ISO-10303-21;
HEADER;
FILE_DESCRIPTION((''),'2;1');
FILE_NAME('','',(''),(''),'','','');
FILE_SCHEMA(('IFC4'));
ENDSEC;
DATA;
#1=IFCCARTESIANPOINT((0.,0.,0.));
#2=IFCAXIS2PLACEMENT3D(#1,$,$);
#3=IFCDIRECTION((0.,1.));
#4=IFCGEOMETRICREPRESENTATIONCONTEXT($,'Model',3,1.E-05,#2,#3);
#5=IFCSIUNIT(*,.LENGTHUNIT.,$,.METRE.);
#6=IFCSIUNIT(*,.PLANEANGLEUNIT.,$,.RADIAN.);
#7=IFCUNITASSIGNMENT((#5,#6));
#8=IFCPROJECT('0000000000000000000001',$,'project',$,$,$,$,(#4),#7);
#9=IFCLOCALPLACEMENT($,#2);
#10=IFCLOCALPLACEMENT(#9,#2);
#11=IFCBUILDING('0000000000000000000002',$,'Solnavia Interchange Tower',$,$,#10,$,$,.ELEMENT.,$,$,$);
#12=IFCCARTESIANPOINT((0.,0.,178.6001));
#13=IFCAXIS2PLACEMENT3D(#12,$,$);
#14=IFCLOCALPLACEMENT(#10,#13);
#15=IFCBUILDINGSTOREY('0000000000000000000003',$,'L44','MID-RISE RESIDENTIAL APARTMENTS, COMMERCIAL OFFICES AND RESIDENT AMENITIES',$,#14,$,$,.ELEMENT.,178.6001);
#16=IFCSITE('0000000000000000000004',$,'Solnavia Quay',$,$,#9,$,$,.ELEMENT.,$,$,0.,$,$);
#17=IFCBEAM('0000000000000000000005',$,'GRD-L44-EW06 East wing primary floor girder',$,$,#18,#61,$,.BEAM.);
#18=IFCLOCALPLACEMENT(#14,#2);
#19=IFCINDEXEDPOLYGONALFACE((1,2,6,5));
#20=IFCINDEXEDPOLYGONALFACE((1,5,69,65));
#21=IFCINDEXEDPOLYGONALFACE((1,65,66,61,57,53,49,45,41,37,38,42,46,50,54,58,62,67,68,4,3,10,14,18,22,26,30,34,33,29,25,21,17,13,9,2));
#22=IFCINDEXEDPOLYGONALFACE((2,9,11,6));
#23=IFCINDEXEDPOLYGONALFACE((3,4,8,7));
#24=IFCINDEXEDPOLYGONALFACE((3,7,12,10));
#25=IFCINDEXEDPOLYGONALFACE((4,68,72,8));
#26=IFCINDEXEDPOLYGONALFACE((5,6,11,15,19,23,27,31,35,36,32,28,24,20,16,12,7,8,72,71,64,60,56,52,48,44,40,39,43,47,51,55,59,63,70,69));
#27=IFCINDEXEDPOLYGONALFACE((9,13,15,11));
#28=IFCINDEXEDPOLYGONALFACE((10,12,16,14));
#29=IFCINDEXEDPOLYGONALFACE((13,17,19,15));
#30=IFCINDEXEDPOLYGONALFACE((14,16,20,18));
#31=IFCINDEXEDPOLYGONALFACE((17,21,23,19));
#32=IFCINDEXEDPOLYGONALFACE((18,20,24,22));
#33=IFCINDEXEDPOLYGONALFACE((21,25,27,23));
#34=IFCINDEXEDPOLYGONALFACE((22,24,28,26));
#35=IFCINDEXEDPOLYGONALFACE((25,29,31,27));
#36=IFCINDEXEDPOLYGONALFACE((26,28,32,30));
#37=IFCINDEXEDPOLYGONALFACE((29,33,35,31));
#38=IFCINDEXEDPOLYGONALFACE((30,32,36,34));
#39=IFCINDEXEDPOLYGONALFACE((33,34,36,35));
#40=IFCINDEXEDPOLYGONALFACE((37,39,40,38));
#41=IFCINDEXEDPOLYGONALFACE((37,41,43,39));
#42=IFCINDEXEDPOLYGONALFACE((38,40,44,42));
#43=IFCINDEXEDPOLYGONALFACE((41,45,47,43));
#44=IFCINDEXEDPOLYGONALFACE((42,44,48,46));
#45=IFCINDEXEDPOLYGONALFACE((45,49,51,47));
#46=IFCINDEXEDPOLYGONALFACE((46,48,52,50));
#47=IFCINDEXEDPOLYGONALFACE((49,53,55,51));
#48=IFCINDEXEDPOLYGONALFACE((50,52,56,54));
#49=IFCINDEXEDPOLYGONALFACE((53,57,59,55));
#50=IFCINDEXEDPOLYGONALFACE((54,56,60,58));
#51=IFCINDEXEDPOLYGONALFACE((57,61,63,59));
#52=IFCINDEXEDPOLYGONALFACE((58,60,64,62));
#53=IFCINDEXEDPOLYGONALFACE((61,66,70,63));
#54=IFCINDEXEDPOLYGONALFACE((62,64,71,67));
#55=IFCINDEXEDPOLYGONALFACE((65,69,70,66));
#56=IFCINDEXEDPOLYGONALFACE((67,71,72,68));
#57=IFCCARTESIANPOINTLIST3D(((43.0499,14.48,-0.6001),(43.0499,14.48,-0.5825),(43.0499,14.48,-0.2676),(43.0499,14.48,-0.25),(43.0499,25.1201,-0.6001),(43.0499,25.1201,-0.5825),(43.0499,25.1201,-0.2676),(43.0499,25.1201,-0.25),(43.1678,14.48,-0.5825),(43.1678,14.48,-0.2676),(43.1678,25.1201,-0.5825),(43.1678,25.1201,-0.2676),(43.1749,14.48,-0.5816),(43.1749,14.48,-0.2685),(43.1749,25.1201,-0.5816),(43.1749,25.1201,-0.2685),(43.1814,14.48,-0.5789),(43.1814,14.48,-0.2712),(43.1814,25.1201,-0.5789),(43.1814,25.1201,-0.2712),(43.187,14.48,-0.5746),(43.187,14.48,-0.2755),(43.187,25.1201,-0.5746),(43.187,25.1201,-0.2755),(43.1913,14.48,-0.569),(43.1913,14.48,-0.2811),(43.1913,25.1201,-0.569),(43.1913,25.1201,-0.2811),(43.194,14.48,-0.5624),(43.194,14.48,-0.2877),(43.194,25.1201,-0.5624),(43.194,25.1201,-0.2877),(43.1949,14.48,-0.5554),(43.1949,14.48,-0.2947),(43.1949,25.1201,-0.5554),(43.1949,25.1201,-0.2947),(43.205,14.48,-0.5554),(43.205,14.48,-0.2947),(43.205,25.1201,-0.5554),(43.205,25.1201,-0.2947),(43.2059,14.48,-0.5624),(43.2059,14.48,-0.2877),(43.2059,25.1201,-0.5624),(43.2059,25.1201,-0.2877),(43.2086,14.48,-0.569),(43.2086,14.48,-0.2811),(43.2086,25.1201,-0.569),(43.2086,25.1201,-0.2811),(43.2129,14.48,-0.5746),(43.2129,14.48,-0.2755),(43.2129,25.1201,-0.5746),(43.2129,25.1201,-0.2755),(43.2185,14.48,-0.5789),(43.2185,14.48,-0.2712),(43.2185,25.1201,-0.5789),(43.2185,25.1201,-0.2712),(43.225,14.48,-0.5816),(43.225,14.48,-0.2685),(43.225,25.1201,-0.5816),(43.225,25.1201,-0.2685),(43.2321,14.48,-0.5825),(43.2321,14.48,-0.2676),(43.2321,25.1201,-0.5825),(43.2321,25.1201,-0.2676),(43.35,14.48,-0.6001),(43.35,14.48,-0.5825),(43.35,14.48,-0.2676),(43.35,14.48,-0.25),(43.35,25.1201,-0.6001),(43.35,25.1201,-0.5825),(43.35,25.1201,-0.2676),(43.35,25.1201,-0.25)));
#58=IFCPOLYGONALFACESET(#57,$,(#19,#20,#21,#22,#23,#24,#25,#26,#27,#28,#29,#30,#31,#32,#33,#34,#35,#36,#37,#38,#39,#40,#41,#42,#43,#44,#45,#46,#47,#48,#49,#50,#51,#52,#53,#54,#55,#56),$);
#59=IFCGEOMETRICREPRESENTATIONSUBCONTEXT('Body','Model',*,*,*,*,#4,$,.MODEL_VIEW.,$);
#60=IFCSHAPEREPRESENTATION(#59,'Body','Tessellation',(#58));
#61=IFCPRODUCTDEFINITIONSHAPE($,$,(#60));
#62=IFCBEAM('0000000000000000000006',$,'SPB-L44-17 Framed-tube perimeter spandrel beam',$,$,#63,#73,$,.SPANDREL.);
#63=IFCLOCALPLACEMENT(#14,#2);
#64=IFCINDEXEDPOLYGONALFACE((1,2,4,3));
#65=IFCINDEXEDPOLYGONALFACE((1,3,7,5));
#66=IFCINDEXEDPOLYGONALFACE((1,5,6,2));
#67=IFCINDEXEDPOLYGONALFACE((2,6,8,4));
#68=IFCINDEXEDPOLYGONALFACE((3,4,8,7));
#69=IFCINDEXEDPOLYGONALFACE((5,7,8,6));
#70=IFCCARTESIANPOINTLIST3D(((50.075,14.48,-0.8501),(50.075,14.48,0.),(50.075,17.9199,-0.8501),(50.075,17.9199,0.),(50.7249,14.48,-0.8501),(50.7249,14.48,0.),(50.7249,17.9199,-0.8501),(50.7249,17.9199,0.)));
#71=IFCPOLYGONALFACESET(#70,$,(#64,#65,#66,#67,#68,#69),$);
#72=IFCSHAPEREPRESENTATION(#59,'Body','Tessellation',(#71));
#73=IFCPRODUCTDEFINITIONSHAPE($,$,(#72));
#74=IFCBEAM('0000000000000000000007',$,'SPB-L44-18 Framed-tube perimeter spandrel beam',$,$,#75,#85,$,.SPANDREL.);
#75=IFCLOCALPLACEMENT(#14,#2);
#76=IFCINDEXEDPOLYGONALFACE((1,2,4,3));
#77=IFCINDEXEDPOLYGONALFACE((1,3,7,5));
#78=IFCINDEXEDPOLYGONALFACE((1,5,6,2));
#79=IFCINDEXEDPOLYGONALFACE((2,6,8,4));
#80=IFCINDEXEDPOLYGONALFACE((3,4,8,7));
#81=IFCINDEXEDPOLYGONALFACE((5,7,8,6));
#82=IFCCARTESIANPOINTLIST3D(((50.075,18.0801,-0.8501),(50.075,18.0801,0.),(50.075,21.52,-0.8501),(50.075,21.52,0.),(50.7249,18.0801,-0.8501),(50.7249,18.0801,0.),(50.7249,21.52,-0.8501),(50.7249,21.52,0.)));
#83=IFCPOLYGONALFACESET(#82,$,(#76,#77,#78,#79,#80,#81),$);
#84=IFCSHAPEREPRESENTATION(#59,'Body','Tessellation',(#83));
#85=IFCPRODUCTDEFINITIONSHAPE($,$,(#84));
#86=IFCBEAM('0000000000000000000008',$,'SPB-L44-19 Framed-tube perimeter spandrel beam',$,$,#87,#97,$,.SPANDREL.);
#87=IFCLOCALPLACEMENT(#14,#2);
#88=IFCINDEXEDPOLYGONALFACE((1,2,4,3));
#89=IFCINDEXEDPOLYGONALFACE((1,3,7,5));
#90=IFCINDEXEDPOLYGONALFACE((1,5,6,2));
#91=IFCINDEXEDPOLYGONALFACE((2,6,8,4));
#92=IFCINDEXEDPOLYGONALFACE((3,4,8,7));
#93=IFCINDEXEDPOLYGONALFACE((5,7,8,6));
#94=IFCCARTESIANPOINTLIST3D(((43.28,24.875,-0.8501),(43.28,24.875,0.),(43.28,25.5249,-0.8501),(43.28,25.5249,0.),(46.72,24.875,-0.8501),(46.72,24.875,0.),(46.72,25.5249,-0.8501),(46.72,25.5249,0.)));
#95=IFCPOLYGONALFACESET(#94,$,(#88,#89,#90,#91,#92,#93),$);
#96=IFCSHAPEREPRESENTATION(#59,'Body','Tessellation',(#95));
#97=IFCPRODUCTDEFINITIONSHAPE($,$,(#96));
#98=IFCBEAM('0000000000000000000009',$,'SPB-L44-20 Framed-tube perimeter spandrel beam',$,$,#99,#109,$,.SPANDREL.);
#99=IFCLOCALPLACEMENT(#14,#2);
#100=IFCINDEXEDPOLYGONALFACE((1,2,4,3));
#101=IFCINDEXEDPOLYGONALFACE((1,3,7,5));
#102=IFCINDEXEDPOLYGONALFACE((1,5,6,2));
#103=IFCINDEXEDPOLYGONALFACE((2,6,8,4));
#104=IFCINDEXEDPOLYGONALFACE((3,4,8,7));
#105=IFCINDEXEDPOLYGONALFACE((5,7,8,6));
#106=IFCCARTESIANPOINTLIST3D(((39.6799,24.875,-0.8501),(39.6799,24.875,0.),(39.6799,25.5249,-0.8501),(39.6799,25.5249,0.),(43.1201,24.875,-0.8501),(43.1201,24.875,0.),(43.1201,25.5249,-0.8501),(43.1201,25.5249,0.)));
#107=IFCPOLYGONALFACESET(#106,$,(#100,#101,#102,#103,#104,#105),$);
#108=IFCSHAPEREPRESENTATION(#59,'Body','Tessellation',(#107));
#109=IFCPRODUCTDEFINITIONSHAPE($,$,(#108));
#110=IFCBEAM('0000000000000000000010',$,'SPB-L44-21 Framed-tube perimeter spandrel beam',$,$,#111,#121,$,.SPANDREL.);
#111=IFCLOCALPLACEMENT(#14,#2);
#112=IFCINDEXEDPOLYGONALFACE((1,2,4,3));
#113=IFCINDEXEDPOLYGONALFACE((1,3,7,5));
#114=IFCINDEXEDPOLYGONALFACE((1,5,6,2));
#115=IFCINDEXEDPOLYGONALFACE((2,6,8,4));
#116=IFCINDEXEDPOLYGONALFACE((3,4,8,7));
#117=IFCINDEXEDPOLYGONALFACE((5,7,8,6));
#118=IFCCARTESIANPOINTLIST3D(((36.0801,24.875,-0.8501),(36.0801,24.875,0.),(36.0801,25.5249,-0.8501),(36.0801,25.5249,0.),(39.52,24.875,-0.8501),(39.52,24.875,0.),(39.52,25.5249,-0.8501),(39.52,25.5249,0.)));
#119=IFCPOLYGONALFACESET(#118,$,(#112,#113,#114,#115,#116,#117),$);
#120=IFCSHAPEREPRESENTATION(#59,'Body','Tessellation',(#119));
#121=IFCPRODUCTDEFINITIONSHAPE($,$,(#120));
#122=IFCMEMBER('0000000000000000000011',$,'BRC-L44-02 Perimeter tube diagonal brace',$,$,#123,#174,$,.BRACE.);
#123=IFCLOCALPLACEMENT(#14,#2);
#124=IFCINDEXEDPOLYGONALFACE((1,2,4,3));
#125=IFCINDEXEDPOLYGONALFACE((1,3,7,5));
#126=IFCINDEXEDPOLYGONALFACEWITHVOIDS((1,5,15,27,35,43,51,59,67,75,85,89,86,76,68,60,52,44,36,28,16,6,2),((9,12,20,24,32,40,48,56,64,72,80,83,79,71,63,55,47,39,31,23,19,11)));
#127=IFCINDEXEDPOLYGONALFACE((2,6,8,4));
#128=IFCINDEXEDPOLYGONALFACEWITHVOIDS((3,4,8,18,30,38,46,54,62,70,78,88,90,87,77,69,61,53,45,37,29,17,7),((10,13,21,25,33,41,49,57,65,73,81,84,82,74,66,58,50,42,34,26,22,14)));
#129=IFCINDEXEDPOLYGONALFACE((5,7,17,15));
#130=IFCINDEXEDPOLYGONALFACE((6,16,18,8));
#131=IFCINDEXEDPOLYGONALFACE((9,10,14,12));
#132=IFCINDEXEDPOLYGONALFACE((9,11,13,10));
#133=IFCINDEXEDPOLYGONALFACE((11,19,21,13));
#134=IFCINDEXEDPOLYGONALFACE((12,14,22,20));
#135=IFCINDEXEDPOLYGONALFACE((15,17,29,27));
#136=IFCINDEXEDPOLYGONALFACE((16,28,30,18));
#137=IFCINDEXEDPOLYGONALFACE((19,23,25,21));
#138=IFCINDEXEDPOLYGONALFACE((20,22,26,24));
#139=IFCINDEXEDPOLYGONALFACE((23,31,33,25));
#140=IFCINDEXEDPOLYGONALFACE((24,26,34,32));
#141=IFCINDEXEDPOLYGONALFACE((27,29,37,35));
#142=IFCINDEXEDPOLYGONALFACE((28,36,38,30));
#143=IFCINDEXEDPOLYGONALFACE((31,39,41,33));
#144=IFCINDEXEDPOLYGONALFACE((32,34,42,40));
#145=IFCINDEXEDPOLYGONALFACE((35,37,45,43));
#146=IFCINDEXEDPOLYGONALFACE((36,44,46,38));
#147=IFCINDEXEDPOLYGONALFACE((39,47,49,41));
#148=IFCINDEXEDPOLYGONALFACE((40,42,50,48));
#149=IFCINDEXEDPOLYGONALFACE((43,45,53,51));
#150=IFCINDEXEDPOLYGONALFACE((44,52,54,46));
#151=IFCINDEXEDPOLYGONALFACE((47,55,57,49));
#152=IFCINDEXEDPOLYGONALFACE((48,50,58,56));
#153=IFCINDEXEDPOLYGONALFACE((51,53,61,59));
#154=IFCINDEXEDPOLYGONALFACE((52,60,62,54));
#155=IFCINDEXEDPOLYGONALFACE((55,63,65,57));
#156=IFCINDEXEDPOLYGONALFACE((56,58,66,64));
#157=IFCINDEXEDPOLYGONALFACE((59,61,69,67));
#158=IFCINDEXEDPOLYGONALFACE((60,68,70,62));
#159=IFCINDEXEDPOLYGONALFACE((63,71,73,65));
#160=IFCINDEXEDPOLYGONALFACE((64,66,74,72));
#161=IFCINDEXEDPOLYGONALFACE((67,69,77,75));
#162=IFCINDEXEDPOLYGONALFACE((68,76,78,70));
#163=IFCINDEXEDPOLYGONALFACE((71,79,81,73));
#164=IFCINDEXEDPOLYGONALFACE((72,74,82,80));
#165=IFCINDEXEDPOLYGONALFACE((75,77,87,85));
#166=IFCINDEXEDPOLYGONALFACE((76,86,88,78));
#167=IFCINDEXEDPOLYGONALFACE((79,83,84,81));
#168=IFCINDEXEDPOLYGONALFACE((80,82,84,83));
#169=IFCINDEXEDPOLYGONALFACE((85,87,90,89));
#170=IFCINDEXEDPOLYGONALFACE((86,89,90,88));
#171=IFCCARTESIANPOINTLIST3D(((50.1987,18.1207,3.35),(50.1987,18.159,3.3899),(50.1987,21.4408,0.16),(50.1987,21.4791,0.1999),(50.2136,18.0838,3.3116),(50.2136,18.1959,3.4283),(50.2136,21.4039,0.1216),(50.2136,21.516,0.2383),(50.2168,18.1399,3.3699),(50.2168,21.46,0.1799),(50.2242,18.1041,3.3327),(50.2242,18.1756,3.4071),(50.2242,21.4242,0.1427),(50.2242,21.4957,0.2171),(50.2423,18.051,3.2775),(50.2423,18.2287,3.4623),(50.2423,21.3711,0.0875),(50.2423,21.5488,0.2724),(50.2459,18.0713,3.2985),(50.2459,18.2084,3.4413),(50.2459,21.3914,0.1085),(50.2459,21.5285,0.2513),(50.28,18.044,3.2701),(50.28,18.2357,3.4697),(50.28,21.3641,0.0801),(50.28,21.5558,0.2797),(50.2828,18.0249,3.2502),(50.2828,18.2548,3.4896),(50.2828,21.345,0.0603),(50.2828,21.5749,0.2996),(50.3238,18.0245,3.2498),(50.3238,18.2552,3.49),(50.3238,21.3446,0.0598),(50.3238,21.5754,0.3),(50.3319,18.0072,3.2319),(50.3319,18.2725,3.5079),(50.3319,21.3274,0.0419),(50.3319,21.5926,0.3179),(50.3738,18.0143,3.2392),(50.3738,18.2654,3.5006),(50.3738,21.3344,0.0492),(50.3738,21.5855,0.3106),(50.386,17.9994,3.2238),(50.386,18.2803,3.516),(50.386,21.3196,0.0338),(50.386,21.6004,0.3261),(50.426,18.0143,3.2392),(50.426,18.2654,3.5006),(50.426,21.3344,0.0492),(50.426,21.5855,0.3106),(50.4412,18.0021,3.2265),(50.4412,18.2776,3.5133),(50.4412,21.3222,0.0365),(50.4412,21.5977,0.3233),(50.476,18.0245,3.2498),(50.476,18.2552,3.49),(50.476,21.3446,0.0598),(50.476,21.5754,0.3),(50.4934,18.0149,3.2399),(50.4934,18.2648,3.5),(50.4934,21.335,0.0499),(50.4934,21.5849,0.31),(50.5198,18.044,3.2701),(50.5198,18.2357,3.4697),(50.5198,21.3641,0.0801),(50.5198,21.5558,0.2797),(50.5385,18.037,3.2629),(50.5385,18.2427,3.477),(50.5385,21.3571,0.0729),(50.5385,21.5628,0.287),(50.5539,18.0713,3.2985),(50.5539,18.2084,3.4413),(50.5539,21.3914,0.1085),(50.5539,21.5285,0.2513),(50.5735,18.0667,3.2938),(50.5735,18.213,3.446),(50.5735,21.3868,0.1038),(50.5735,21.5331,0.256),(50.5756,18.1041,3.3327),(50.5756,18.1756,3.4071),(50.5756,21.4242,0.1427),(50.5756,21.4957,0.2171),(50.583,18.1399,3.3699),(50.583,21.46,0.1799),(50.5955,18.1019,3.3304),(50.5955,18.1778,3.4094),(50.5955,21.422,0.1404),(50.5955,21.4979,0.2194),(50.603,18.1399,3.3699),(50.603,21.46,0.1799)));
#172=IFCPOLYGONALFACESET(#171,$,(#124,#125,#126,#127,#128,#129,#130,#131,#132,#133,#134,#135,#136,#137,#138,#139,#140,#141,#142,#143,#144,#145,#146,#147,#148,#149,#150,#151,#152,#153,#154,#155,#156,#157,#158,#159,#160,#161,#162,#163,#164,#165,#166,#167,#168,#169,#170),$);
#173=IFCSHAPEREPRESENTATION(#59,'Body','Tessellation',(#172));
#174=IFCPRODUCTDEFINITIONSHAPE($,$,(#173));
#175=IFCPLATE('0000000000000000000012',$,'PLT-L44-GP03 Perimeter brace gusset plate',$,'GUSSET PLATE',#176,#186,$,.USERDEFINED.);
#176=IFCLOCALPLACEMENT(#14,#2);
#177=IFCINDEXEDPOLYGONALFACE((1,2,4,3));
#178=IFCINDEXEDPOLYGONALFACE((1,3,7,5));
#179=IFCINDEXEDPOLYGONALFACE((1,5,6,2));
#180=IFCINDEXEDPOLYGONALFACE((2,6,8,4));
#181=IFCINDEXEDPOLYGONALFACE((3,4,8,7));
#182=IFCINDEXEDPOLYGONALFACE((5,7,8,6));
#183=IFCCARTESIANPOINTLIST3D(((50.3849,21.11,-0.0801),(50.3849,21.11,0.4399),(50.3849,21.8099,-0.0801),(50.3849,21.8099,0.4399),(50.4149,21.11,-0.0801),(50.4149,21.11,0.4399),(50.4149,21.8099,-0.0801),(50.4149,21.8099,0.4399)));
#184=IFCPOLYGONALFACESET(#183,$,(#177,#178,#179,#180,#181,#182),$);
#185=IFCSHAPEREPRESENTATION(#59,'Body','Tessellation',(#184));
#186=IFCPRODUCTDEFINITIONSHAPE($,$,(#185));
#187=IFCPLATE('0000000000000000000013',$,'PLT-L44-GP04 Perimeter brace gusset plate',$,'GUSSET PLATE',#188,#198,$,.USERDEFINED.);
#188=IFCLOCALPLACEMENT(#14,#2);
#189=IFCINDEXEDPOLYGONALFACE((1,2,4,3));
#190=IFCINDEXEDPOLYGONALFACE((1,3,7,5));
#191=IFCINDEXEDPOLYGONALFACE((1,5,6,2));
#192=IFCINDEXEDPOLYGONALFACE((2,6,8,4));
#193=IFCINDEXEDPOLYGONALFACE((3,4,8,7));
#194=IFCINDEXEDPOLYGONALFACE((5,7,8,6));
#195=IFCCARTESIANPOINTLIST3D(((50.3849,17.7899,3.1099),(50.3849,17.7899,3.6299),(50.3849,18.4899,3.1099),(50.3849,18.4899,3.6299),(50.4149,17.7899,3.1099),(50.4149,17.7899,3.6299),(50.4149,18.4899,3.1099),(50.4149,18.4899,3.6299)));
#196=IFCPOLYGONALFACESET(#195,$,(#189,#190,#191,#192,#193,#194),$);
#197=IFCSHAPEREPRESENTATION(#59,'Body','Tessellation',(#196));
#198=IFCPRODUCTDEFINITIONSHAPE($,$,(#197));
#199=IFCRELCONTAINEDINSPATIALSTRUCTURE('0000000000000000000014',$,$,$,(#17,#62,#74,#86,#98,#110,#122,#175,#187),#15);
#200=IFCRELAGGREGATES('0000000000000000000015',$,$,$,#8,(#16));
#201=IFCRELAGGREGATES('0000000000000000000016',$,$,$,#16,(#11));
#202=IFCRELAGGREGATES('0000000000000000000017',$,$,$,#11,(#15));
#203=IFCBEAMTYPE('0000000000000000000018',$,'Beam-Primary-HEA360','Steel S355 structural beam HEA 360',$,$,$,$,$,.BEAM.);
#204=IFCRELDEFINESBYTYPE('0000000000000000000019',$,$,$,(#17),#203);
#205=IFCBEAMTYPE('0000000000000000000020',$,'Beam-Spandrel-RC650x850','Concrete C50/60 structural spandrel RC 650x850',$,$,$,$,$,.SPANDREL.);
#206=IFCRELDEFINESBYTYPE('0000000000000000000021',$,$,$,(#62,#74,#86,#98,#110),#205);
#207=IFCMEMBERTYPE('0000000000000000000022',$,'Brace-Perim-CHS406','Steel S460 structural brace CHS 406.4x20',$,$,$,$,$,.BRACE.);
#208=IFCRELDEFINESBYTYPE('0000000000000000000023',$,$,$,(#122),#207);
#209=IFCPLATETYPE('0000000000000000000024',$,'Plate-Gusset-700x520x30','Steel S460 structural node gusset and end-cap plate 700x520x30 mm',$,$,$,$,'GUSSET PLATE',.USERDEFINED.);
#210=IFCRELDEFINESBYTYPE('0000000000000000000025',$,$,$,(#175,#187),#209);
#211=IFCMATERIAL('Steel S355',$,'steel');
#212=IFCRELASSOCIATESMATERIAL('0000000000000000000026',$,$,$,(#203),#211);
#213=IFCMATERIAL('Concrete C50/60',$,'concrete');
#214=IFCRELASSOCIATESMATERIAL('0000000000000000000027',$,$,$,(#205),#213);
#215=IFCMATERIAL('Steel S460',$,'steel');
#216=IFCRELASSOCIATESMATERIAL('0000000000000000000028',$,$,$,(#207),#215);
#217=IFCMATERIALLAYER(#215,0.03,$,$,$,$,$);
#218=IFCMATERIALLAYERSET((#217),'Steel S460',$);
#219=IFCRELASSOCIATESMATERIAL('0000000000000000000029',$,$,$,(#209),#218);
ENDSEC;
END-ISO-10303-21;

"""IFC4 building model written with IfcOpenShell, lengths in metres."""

from ifc_helpers import new_model, si_unit, direction, frame, origin, origin_2d, place, context, subcontext, project, spatial, rectangle, hollow_circle, i_section, extrude, material, layer, layer_set, material_profile, profile_set, type_object, element, save


model = new_model("IFC4")

# Units and contexts
model_context = context("Model", 3, precision=1e-05, world=origin(), true_north=direction((0.0, 1.0)))
body_context = subcontext(model_context, "Body", "Model", "MODEL_VIEW")
ifc_project = project(units=[si_unit("LENGTHUNIT", "METRE"), si_unit("PLANEANGLEUNIT", "RADIAN")], contexts=[model_context])

# Site, building, storey
site_placement = place(None, origin())
site = spatial("IfcSite", under=ifc_project, at=site_placement, Name="Solnavia Quay", CompositionType="ELEMENT", RefElevation=0.0)
building_placement = place(site_placement, origin())
building = spatial("IfcBuilding", under=site, at=building_placement, Name="Solnavia Interchange Tower", CompositionType="ELEMENT")
storey_placement = place(building_placement, frame((0.0, 0.0, 178.6001)))
storey = spatial("IfcBuildingStorey", under=building, at=storey_placement, Name="L44", Description="MID-RISE RESIDENTIAL APARTMENTS, COMMERCIAL OFFICES AND RESIDENT AMENITIES", CompositionType="ELEMENT", Elevation=178.6001)

# Shared definitions
ifc_material_1 = material(Name="Concrete C50/60", Category="concrete")
ifc_material_2 = material(Name="Steel S355", Category="steel")

# Beams
ifc_material_3 = material(Name="Steel S460", Category="steel")
ifc_material_profile_1 = material_profile(ifc_material_2, i_section(OverallWidth=0.3, OverallDepth=0.3501, WebThickness=0.01, FlangeThickness=0.0176, FilletRadius=0.0271, at=origin_2d()), Name="HEA 360")
ifc_profile_set_1 = profile_set([ifc_material_profile_1], Name="Steel S355")
beam_type_1 = type_object("IfcBeamType", Name="Beam-Primary-HEA360", Description="Steel S355 structural beam HEA 360", PredefinedType="BEAM", material=ifc_profile_set_1)
beam_1_placement = place(storey_placement, frame((43.2, 14.48, -0.425), z_axis=(0.0, 1.0, 0.0), x_axis=(-1.0, 0.0, 0.0)))
element("IfcBeam", 1, at=beam_1_placement, inside=storey, type_object=beam_type_1, Name="GRD-L44-EW06 East wing primary floor girder", PredefinedType="BEAM", context=body_context, shape_type="SweptSolid", body=[
    extrude(i_section(OverallWidth=0.3, OverallDepth=0.3501, WebThickness=0.01, FlangeThickness=0.0176, FilletRadius=0.0271, at=origin_2d()), origin(), (0.0, 0.0, 1.0), 10.6401),
])
ifc_material_profile_2 = material_profile(ifc_material_1, rectangle(XDim=0.6499, YDim=0.8501, at=origin_2d()), Name="RC 650x850")
ifc_profile_set_2 = profile_set([ifc_material_profile_2], Name="Concrete C50/60")
beam_type_2 = type_object("IfcBeamType", Name="Beam-Spandrel-RC650x850", Description="Concrete C50/60 structural spandrel RC 650x850", PredefinedType="SPANDREL", material=ifc_profile_set_2)
for number, where, z_axis, x_axis, name in (
    (2, (50.3999, 14.48, -0.425), (0.0, 1.0, 0.0), (-1.0, 0.0, 0.0), "SPB-L44-17 Framed-tube perimeter spandrel beam"),
    (3, (50.3999, 18.0801, -0.425), (0.0, 1.0, 0.0), (-1.0, 0.0, 0.0), "SPB-L44-18 Framed-tube perimeter spandrel beam"),
    (4, (46.72, 25.2, -0.425), (-1.0, 0.0, 0.0), (0.0, -1.0, 0.0), "SPB-L44-19 Framed-tube perimeter spandrel beam"),
):
    element("IfcBeam", number, at=place(storey_placement, frame(where, z_axis=z_axis, x_axis=x_axis)), inside=storey, type_object=beam_type_2, Name=name, PredefinedType="SPANDREL", context=body_context, shape_type="SweptSolid", body=[
        extrude(rectangle(XDim=0.6499, YDim=0.8501, at=origin_2d()), origin(), (0.0, 0.0, 1.0), 3.4399),
    ])
beam_2_placement = place(storey_placement, frame((43.1201, 25.2, -0.425), z_axis=(-1.0, 0.0, 0.0), x_axis=(0.0, -1.0, 0.0)))
element("IfcBeam", 5, at=beam_2_placement, inside=storey, type_object=beam_type_2, Name="SPB-L44-20 Framed-tube perimeter spandrel beam", PredefinedType="SPANDREL", context=body_context, shape_type="SweptSolid", body=[
    extrude(rectangle(XDim=0.6499, YDim=0.8501, at=origin_2d()), origin(), (0.0, 0.0, 1.0), 3.4402),
])
beam_3_placement = place(storey_placement, frame((39.52, 25.2, -0.425), z_axis=(-1.0, 0.0, 0.0), x_axis=(0.0, -1.0, 0.0)))
element("IfcBeam", 6, at=beam_3_placement, inside=storey, type_object=beam_type_2, Name="SPB-L44-21 Framed-tube perimeter spandrel beam", PredefinedType="SPANDREL", context=body_context, shape_type="SweptSolid", body=[
    extrude(rectangle(XDim=0.6499, YDim=0.8501, at=origin_2d()), origin(), (0.0, 0.0, 1.0), 3.4399),
])

# Member
ifc_material_profile_3 = material_profile(ifc_material_3, hollow_circle(Radius=0.2031, WallThickness=0.02, at=origin_2d()), Name="CHS 406.4x20")
ifc_profile_set_3 = profile_set([ifc_material_profile_3], Name="Steel S460")
member_type = type_object("IfcMemberType", Name="Brace-Perim-CHS406", Description="Steel S460 structural brace CHS 406.4x20", PredefinedType="BRACE", material=ifc_profile_set_3)
member_placement = place(storey_placement, frame((50.3999, 21.46, 0.1799), z_axis=(0.0, -0.721097, 0.692834), x_axis=(1.0, 0.0, 0.0)))
element("IfcMember", 7, at=member_placement, inside=storey, type_object=member_type, Name="BRC-L44-02 Perimeter tube diagonal brace", PredefinedType="BRACE", context=body_context, shape_type="SweptSolid", body=[
    extrude(hollow_circle(Radius=0.2031, WallThickness=0.02, at=origin_2d()), origin(), (0.0, 0.0, 1.0), 4.6042),
])

# Plates
ifc_layer_1 = layer(ifc_material_3, 0.03)
ifc_layer_set_1 = layer_set([ifc_layer_1], Name="Steel S460")
plate_type = type_object("IfcPlateType", Name="Plate-Gusset-700x520x30", Description="Steel S460 structural node gusset and end-cap plate 700x520x30 mm", ElementType="GUSSET PLATE", PredefinedType="USERDEFINED", material=ifc_layer_set_1)
for number, where, z_axis, x_axis, name in (
    (8, (50.3999, 21.46, -0.0801), (0.0, 0.0, 1.0), (0.0, -1.0, 0.0), "PLT-L44-GP03 Perimeter brace gusset plate"),
    (9, (50.3999, 18.1399, 3.1099), (0.0, 0.0, 1.0), (0.0, -1.0, 0.0), "PLT-L44-GP04 Perimeter brace gusset plate"),
):
    element("IfcPlate", number, at=place(storey_placement, frame(where, z_axis=z_axis, x_axis=x_axis)), inside=storey, type_object=plate_type, Name=name, ObjectType="GUSSET PLATE", PredefinedType="USERDEFINED", context=body_context, shape_type="SweptSolid", body=[
        extrude(rectangle(XDim=0.7, YDim=0.03, at=origin_2d()), origin(), (0.0, 0.0, 1.0), 0.52),
    ])

save(model, "model.ifc")
